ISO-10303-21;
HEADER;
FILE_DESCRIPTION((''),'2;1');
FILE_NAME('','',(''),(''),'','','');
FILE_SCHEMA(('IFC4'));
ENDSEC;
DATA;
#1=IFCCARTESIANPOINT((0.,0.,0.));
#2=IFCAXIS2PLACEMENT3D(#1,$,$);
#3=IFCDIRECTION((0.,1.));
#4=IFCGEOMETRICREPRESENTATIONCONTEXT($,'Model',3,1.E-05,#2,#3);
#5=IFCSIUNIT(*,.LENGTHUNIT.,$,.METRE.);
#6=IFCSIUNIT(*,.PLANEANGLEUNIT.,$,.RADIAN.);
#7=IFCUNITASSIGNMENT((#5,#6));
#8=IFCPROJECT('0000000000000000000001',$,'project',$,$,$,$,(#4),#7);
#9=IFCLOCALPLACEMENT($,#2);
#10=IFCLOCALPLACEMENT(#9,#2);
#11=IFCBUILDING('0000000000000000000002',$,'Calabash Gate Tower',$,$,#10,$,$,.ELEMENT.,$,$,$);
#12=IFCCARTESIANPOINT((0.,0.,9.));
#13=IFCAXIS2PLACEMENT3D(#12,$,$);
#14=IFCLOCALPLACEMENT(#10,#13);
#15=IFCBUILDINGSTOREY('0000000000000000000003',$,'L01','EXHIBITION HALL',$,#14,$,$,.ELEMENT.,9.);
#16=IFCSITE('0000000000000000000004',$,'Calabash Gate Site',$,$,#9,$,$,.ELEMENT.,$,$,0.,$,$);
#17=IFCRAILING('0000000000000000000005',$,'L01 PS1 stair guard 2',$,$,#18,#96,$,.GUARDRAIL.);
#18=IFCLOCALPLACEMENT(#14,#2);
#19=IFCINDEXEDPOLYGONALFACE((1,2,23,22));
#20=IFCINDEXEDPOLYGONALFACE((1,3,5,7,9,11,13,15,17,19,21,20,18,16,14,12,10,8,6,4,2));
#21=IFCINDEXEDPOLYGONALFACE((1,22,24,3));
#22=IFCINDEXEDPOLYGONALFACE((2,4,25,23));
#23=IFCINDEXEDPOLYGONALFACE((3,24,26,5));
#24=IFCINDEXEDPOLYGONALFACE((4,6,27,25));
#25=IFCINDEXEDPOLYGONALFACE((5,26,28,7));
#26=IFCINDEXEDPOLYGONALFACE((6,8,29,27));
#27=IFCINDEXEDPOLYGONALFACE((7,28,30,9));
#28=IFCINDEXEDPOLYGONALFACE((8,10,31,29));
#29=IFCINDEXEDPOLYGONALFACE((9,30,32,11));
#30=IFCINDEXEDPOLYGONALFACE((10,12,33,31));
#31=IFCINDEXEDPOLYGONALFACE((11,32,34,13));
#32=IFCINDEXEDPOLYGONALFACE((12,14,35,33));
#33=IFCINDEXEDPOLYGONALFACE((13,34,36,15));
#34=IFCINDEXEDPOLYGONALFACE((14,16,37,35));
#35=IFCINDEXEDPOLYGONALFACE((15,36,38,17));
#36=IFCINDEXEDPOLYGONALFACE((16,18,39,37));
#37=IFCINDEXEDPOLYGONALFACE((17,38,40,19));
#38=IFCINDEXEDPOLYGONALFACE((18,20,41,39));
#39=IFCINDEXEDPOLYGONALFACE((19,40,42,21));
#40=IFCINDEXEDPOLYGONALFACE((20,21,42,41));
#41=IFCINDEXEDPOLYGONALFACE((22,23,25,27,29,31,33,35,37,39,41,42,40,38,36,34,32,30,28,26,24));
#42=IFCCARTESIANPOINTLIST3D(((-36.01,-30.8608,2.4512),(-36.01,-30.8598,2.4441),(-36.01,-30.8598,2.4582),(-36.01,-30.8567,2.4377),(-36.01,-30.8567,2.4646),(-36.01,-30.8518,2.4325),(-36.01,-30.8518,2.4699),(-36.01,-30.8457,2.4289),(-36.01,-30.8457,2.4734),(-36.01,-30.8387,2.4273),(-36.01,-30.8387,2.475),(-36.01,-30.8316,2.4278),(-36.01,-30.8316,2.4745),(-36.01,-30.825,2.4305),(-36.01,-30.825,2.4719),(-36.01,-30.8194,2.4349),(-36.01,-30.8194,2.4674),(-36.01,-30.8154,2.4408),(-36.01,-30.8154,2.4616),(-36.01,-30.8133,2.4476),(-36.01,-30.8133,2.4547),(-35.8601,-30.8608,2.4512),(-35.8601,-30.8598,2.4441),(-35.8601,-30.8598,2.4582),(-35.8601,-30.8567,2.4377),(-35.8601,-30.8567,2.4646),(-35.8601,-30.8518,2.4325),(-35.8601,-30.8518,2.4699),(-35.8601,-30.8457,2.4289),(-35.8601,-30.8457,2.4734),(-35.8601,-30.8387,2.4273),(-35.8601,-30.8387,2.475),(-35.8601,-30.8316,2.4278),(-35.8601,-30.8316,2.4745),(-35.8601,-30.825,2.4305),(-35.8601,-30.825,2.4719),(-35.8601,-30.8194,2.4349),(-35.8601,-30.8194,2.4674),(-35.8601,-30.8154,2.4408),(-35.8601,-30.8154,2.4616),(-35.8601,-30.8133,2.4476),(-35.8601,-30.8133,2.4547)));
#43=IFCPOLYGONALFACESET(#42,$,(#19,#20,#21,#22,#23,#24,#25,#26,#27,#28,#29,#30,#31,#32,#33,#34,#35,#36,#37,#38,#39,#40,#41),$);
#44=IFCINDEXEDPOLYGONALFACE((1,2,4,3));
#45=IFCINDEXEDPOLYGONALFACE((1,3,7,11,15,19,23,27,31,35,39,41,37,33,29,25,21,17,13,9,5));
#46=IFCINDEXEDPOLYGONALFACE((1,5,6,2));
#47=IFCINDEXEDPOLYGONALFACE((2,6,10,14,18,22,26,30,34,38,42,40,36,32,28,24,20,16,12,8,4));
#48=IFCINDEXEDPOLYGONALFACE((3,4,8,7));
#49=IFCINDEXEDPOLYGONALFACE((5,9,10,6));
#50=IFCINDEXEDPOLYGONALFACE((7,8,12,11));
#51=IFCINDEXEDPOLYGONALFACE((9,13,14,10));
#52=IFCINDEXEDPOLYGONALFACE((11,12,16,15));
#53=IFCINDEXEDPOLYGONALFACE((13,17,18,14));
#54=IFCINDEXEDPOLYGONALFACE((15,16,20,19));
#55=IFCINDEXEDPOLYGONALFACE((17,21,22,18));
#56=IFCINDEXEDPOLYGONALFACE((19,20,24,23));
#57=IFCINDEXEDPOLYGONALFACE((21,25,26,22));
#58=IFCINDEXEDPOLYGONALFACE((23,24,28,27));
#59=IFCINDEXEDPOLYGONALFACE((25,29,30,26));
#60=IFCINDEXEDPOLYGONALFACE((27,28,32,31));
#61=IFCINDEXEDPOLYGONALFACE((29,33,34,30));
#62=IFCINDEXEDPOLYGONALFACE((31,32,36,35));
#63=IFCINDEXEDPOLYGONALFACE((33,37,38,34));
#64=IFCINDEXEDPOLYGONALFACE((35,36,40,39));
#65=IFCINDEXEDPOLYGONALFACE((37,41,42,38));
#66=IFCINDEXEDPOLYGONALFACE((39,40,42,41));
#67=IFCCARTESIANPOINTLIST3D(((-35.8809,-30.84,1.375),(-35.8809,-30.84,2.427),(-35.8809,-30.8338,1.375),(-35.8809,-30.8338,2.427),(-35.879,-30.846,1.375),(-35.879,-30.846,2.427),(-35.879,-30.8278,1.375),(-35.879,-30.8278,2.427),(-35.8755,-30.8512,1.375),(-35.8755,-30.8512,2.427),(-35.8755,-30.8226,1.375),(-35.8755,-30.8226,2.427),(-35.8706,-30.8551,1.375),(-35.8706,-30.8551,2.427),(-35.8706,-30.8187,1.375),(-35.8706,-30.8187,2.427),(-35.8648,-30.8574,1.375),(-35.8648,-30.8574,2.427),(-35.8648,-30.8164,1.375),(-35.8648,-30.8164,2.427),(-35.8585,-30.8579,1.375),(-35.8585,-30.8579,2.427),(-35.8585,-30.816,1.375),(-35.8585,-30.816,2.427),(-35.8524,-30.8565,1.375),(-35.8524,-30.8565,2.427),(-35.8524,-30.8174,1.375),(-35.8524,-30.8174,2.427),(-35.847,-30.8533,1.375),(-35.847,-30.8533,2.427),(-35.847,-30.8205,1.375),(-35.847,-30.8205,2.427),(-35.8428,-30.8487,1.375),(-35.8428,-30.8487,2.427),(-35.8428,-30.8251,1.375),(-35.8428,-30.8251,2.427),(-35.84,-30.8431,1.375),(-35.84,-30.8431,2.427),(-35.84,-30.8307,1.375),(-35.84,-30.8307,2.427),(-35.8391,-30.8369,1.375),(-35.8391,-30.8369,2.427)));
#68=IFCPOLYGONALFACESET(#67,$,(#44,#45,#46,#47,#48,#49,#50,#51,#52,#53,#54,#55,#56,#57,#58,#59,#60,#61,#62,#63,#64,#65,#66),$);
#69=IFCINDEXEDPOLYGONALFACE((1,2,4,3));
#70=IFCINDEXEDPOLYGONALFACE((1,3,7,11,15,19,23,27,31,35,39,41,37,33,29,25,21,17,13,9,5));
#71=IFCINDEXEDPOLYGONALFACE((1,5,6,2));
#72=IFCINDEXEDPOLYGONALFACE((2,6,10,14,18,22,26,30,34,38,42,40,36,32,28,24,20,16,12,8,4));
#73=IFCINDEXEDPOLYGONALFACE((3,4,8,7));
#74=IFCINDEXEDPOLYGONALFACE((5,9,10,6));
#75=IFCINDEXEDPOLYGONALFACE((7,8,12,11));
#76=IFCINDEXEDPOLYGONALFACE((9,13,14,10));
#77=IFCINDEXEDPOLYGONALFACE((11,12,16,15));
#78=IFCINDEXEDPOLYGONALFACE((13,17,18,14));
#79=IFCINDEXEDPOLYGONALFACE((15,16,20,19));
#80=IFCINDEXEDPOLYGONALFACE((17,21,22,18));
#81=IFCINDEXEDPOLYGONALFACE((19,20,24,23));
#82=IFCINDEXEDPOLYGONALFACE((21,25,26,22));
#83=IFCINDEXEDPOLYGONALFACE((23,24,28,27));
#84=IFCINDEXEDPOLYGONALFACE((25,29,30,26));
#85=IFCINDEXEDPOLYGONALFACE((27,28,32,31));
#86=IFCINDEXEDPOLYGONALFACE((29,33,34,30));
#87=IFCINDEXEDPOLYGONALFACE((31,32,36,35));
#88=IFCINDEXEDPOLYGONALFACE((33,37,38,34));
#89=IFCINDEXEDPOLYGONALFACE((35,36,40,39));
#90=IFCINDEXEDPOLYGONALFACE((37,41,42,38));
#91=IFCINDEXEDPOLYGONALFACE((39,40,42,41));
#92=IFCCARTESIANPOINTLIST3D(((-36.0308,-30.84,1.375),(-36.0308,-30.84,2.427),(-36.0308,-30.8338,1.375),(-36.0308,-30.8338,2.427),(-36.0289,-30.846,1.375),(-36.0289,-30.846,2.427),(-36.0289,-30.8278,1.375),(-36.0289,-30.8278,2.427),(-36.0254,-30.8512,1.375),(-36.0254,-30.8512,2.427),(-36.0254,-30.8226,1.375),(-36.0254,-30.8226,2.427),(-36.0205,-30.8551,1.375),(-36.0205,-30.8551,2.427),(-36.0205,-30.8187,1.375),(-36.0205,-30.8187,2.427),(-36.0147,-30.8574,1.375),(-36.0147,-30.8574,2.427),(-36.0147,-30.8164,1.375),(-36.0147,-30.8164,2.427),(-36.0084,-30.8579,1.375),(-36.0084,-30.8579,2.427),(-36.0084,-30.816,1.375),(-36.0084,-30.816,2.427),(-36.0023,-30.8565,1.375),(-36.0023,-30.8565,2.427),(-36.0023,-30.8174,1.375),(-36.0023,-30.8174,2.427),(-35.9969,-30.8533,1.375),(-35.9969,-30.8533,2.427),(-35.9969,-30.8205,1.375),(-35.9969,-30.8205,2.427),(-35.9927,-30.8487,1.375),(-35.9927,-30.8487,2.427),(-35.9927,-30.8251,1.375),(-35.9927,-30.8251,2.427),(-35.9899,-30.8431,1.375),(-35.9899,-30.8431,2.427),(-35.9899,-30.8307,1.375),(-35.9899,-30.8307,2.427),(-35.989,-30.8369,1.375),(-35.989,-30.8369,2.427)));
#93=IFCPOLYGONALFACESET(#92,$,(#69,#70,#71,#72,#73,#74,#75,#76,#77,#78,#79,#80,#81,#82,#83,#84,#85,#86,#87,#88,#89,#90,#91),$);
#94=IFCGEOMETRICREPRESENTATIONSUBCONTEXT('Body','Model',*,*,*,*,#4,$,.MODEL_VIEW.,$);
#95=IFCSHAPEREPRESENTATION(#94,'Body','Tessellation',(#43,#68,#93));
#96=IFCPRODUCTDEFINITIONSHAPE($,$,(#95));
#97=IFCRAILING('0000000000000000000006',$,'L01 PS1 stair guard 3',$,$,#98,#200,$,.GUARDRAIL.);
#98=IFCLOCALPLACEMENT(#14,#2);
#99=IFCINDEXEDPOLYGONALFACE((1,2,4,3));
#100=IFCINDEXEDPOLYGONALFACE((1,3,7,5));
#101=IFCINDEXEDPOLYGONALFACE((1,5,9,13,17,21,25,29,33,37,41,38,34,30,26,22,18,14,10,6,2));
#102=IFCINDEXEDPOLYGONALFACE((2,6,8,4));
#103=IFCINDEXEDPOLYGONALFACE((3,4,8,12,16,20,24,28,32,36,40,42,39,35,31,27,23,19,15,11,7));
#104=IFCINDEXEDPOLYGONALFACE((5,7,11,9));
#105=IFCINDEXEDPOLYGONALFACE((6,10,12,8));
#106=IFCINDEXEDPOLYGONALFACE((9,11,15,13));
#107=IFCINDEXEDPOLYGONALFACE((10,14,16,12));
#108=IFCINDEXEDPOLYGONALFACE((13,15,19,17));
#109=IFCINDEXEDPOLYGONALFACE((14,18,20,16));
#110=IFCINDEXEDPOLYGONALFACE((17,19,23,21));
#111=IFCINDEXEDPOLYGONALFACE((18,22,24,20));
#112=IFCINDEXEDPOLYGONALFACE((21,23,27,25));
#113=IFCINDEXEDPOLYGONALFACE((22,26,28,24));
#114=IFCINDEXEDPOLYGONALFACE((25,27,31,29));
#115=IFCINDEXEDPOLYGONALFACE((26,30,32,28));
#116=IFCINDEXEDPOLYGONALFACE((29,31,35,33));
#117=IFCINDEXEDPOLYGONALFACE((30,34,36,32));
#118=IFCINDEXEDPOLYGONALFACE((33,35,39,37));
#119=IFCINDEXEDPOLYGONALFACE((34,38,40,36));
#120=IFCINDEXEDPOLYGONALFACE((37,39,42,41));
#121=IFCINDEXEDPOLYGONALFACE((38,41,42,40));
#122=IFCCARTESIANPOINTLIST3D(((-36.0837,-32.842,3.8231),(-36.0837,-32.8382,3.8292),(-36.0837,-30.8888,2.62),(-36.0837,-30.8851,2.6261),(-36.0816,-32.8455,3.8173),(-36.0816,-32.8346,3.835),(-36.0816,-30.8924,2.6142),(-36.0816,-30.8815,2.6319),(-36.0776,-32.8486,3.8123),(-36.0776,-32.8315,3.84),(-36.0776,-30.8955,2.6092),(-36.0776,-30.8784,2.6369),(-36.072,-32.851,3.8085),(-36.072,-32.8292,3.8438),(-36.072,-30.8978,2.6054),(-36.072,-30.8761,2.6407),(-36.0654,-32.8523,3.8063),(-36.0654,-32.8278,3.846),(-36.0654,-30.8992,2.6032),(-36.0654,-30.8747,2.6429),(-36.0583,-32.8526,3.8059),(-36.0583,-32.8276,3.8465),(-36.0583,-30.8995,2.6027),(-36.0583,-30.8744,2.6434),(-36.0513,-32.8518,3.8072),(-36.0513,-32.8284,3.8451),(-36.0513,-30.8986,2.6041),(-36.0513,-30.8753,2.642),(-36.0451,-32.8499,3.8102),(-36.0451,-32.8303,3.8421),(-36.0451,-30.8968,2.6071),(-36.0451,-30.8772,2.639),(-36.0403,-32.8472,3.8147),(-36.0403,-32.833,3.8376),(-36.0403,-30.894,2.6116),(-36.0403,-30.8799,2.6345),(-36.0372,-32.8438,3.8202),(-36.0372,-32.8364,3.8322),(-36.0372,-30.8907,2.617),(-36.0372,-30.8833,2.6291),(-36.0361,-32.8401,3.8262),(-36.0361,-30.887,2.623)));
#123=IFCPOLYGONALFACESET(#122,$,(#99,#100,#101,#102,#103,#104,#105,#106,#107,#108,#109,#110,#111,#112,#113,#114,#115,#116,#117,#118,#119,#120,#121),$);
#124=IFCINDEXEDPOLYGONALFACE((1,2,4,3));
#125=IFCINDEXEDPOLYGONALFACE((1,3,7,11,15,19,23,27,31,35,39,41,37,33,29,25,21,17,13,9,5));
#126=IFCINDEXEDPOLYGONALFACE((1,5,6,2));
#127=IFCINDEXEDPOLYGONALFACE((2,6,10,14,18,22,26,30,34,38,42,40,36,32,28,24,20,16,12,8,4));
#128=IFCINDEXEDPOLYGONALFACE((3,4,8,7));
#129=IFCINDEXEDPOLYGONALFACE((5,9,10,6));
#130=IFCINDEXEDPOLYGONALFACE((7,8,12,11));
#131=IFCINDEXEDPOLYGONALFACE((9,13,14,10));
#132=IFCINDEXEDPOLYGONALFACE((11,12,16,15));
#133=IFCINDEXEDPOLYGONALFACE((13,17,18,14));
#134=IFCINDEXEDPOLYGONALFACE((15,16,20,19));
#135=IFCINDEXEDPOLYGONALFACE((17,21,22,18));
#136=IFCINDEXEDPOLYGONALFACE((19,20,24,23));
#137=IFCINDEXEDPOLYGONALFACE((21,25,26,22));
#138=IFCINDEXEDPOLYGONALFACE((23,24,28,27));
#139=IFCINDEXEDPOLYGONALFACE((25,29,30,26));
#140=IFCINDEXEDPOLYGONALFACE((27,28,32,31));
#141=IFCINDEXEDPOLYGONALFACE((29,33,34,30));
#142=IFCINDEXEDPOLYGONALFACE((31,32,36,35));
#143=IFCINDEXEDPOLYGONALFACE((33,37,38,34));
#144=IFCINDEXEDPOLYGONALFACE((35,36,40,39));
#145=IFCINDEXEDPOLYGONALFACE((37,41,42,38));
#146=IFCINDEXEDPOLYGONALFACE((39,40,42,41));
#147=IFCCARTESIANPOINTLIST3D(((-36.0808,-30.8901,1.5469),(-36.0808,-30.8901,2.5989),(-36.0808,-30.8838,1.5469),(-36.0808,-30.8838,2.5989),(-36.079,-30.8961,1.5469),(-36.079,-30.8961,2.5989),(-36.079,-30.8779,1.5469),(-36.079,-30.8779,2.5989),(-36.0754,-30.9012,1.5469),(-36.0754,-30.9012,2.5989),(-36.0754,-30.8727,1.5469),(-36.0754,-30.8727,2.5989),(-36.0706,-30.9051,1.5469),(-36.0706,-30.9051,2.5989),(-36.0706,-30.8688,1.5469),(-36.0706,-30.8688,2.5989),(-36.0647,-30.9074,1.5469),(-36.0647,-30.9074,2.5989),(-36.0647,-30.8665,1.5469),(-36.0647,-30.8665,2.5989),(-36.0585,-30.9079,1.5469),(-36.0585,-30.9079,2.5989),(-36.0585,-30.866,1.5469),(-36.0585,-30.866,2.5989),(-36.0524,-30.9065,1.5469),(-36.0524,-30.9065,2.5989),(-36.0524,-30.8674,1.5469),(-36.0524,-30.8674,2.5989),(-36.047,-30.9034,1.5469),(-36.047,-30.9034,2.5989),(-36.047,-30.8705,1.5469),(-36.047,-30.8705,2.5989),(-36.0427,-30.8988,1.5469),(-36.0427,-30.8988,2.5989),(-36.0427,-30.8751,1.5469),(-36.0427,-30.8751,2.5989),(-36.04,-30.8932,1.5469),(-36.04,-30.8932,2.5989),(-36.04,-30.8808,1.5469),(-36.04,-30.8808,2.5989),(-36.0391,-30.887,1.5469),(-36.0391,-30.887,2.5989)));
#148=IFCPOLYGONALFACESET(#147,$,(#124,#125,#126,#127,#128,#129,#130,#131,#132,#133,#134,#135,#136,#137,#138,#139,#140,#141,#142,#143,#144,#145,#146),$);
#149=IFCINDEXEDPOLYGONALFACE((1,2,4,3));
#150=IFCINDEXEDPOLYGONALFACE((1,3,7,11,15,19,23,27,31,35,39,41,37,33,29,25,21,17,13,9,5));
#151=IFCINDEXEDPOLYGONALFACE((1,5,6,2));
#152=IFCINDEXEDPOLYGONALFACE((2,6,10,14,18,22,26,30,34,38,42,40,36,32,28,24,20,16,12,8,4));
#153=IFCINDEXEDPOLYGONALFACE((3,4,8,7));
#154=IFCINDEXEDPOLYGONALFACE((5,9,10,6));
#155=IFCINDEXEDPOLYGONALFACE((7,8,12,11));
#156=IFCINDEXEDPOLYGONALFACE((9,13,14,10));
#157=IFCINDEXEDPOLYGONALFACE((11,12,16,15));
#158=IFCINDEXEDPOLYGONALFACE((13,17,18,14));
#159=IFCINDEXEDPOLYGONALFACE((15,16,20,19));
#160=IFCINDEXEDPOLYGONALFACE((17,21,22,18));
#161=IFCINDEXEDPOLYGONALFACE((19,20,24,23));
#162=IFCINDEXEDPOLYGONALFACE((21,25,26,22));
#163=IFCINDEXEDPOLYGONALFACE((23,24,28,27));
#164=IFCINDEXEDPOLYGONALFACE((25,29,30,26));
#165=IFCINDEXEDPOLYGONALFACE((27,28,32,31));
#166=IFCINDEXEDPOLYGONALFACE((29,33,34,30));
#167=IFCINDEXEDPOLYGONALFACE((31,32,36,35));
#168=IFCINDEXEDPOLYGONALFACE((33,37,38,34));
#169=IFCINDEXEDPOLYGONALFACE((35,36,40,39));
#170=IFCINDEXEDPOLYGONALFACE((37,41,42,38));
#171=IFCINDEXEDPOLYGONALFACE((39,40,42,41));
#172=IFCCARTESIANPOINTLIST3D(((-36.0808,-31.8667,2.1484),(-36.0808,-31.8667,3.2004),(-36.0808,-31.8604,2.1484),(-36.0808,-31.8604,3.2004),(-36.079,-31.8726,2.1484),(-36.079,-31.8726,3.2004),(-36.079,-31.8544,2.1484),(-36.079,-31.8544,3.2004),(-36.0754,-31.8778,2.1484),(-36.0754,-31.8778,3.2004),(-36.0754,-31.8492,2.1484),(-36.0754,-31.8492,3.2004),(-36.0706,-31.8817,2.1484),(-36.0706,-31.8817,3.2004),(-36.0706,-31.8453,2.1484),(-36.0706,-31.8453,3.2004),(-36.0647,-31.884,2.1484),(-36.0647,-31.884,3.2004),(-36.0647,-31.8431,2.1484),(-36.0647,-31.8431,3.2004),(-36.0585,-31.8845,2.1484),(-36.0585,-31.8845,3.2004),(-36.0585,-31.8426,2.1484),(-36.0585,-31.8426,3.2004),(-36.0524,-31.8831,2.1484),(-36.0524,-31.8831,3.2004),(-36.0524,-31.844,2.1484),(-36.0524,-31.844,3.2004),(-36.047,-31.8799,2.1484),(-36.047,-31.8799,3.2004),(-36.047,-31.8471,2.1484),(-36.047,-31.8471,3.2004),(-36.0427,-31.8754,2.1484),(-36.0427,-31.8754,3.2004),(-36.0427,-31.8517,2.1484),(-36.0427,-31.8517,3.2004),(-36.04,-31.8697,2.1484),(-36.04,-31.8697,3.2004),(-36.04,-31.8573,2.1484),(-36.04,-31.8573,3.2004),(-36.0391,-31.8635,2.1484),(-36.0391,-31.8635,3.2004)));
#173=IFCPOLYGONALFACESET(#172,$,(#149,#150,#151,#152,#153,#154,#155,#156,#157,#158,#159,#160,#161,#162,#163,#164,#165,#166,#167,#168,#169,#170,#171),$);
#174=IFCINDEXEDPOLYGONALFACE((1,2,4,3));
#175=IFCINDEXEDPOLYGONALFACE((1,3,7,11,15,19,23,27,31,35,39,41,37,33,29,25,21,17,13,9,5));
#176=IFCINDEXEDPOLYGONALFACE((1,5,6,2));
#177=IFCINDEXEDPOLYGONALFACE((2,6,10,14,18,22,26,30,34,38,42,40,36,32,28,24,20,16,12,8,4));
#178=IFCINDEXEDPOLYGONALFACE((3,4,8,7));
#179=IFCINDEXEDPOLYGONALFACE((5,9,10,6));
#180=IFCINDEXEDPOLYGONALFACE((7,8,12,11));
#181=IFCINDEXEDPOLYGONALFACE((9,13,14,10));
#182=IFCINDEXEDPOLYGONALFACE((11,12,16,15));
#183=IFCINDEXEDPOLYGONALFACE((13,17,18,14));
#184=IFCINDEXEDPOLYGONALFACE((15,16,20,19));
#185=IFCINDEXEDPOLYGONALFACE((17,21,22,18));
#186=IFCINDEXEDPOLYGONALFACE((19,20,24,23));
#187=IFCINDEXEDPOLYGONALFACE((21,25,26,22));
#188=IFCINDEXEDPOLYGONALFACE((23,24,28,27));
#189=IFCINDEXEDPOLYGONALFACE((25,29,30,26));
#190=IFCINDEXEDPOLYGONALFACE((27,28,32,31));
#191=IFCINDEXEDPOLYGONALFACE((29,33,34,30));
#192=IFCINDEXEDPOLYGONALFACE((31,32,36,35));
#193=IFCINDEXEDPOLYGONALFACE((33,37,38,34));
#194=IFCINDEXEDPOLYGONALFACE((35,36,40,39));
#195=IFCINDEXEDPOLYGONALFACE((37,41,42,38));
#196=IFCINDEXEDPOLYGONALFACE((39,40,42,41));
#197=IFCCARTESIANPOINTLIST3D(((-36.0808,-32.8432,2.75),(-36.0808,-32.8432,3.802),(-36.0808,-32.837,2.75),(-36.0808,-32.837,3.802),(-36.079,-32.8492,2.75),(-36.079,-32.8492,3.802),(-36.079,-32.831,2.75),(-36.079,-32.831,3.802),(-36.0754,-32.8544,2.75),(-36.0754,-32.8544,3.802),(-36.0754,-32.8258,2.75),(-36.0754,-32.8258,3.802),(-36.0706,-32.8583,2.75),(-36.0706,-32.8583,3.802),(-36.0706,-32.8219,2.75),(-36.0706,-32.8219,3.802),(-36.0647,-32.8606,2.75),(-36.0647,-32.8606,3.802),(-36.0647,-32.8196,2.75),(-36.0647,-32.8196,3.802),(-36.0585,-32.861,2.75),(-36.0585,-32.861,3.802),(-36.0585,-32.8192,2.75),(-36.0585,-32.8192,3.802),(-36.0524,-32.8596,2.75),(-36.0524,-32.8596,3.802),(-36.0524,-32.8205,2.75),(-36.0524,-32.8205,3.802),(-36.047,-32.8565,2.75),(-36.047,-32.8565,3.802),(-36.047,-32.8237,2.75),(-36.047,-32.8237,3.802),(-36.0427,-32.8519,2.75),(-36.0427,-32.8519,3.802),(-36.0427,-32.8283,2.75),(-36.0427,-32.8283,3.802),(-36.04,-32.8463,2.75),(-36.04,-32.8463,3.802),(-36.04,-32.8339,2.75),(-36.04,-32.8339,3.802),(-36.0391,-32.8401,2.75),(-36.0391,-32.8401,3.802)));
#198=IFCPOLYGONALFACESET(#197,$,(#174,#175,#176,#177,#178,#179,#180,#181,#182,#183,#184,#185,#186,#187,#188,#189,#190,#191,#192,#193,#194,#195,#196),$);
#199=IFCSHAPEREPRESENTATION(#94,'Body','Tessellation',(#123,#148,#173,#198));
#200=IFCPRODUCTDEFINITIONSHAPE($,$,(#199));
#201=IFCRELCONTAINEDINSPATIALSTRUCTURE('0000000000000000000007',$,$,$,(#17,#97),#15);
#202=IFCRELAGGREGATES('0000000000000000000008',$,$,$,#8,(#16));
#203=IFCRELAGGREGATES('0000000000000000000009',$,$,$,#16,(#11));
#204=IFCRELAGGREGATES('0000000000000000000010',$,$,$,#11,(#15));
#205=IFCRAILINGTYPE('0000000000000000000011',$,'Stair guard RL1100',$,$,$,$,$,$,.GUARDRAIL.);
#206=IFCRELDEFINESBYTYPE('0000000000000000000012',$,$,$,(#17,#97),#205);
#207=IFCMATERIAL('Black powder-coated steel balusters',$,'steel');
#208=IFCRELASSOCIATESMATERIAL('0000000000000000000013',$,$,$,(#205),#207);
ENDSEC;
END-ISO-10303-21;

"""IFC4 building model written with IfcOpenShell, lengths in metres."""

from ifc_helpers import new_model, si_unit, direction, frame, origin, origin_2d, place, context, subcontext, project, spatial, circle, extrude, material, type_object, element, save


model = new_model("IFC4")

# Units and contexts
model_context = context("Model", 3, precision=1e-05, world=origin(), true_north=direction((0.0, 1.0)))
body_context = subcontext(model_context, "Body", "Model", "MODEL_VIEW")
ifc_project = project(units=[si_unit("LENGTHUNIT", "METRE"), si_unit("PLANEANGLEUNIT", "RADIAN")], contexts=[model_context])

# Site, building, storey
site_placement = place(None, origin())
site = spatial("IfcSite", under=ifc_project, at=site_placement, Name="Calabash Gate Site", CompositionType="ELEMENT", RefElevation=0.0)
building_placement = place(site_placement, origin())
building = spatial("IfcBuilding", under=site, at=building_placement, Name="Calabash Gate Tower", CompositionType="ELEMENT")
storey_placement = place(building_placement, frame((0.0, 0.0, 9.0)))
storey = spatial("IfcBuildingStorey", under=building, at=storey_placement, Name="L01", Description="EXHIBITION HALL", CompositionType="ELEMENT", Elevation=9.0)

# Railings
ifc_material_1 = material(Name="Black powder-coated steel balusters", Category="steel")
railing_type_1 = type_object("IfcRailingType", Name="Stair guard RL1100", PredefinedType="GUARDRAIL", material=ifc_material_1)
railing_1_placement = place(storey_placement, frame((-35.8601, -30.8369, 1.375)))
element("IfcRailing", 1, at=railing_1_placement, inside=storey, type_object=railing_type_1, Name="L01 PS1 stair guard 2", PredefinedType="GUARDRAIL", context=body_context, shape_type="SweptSolid", body=[
    extrude(circle(Radius=0.0239, at=origin_2d()), frame((0.0, 0.0, 1.0762), z_axis=(-1.0, 0.0, 0.0), x_axis=(0.0, -1.0, 0.0)), (0.0, 0.0, 1.0), 0.1499),
    extrude(circle(Radius=0.021, at=origin_2d()), origin(), (0.0, 0.0, 1.0), 1.052),
    extrude(circle(Radius=0.021, at=origin_2d()), frame((-0.1499, 0.0, 0.0)), (0.0, 0.0, 1.0), 1.052),
])
railing_2_placement = place(storey_placement, frame((-36.0601, -30.887, 1.5469)))
element("IfcRailing", 2, at=railing_2_placement, inside=storey, type_object=railing_type_1, Name="L01 PS1 stair guard 3", PredefinedType="GUARDRAIL", context=body_context, shape_type="SweptSolid", body=[
    extrude(circle(Radius=0.0239, at=origin_2d()), frame((0.0, 0.0, 1.0762), z_axis=(0.0, -0.851424, 0.524477), x_axis=(1.0, 0.0, 0.0)), (0.0, 0.0, 1.0), 2.2939),
    extrude(circle(Radius=0.021, at=origin_2d()), origin(), (0.0, 0.0, 1.0), 1.052),
    extrude(circle(Radius=0.021, at=origin_2d()), frame((0.0, -0.9766, 0.6016)), (0.0, 0.0, 1.0), 1.052),
    extrude(circle(Radius=0.021, at=origin_2d()), frame((0.0, -1.9531, 1.2031)), (0.0, 0.0, 1.0), 1.052),
])

save(model, "model.ifc")
